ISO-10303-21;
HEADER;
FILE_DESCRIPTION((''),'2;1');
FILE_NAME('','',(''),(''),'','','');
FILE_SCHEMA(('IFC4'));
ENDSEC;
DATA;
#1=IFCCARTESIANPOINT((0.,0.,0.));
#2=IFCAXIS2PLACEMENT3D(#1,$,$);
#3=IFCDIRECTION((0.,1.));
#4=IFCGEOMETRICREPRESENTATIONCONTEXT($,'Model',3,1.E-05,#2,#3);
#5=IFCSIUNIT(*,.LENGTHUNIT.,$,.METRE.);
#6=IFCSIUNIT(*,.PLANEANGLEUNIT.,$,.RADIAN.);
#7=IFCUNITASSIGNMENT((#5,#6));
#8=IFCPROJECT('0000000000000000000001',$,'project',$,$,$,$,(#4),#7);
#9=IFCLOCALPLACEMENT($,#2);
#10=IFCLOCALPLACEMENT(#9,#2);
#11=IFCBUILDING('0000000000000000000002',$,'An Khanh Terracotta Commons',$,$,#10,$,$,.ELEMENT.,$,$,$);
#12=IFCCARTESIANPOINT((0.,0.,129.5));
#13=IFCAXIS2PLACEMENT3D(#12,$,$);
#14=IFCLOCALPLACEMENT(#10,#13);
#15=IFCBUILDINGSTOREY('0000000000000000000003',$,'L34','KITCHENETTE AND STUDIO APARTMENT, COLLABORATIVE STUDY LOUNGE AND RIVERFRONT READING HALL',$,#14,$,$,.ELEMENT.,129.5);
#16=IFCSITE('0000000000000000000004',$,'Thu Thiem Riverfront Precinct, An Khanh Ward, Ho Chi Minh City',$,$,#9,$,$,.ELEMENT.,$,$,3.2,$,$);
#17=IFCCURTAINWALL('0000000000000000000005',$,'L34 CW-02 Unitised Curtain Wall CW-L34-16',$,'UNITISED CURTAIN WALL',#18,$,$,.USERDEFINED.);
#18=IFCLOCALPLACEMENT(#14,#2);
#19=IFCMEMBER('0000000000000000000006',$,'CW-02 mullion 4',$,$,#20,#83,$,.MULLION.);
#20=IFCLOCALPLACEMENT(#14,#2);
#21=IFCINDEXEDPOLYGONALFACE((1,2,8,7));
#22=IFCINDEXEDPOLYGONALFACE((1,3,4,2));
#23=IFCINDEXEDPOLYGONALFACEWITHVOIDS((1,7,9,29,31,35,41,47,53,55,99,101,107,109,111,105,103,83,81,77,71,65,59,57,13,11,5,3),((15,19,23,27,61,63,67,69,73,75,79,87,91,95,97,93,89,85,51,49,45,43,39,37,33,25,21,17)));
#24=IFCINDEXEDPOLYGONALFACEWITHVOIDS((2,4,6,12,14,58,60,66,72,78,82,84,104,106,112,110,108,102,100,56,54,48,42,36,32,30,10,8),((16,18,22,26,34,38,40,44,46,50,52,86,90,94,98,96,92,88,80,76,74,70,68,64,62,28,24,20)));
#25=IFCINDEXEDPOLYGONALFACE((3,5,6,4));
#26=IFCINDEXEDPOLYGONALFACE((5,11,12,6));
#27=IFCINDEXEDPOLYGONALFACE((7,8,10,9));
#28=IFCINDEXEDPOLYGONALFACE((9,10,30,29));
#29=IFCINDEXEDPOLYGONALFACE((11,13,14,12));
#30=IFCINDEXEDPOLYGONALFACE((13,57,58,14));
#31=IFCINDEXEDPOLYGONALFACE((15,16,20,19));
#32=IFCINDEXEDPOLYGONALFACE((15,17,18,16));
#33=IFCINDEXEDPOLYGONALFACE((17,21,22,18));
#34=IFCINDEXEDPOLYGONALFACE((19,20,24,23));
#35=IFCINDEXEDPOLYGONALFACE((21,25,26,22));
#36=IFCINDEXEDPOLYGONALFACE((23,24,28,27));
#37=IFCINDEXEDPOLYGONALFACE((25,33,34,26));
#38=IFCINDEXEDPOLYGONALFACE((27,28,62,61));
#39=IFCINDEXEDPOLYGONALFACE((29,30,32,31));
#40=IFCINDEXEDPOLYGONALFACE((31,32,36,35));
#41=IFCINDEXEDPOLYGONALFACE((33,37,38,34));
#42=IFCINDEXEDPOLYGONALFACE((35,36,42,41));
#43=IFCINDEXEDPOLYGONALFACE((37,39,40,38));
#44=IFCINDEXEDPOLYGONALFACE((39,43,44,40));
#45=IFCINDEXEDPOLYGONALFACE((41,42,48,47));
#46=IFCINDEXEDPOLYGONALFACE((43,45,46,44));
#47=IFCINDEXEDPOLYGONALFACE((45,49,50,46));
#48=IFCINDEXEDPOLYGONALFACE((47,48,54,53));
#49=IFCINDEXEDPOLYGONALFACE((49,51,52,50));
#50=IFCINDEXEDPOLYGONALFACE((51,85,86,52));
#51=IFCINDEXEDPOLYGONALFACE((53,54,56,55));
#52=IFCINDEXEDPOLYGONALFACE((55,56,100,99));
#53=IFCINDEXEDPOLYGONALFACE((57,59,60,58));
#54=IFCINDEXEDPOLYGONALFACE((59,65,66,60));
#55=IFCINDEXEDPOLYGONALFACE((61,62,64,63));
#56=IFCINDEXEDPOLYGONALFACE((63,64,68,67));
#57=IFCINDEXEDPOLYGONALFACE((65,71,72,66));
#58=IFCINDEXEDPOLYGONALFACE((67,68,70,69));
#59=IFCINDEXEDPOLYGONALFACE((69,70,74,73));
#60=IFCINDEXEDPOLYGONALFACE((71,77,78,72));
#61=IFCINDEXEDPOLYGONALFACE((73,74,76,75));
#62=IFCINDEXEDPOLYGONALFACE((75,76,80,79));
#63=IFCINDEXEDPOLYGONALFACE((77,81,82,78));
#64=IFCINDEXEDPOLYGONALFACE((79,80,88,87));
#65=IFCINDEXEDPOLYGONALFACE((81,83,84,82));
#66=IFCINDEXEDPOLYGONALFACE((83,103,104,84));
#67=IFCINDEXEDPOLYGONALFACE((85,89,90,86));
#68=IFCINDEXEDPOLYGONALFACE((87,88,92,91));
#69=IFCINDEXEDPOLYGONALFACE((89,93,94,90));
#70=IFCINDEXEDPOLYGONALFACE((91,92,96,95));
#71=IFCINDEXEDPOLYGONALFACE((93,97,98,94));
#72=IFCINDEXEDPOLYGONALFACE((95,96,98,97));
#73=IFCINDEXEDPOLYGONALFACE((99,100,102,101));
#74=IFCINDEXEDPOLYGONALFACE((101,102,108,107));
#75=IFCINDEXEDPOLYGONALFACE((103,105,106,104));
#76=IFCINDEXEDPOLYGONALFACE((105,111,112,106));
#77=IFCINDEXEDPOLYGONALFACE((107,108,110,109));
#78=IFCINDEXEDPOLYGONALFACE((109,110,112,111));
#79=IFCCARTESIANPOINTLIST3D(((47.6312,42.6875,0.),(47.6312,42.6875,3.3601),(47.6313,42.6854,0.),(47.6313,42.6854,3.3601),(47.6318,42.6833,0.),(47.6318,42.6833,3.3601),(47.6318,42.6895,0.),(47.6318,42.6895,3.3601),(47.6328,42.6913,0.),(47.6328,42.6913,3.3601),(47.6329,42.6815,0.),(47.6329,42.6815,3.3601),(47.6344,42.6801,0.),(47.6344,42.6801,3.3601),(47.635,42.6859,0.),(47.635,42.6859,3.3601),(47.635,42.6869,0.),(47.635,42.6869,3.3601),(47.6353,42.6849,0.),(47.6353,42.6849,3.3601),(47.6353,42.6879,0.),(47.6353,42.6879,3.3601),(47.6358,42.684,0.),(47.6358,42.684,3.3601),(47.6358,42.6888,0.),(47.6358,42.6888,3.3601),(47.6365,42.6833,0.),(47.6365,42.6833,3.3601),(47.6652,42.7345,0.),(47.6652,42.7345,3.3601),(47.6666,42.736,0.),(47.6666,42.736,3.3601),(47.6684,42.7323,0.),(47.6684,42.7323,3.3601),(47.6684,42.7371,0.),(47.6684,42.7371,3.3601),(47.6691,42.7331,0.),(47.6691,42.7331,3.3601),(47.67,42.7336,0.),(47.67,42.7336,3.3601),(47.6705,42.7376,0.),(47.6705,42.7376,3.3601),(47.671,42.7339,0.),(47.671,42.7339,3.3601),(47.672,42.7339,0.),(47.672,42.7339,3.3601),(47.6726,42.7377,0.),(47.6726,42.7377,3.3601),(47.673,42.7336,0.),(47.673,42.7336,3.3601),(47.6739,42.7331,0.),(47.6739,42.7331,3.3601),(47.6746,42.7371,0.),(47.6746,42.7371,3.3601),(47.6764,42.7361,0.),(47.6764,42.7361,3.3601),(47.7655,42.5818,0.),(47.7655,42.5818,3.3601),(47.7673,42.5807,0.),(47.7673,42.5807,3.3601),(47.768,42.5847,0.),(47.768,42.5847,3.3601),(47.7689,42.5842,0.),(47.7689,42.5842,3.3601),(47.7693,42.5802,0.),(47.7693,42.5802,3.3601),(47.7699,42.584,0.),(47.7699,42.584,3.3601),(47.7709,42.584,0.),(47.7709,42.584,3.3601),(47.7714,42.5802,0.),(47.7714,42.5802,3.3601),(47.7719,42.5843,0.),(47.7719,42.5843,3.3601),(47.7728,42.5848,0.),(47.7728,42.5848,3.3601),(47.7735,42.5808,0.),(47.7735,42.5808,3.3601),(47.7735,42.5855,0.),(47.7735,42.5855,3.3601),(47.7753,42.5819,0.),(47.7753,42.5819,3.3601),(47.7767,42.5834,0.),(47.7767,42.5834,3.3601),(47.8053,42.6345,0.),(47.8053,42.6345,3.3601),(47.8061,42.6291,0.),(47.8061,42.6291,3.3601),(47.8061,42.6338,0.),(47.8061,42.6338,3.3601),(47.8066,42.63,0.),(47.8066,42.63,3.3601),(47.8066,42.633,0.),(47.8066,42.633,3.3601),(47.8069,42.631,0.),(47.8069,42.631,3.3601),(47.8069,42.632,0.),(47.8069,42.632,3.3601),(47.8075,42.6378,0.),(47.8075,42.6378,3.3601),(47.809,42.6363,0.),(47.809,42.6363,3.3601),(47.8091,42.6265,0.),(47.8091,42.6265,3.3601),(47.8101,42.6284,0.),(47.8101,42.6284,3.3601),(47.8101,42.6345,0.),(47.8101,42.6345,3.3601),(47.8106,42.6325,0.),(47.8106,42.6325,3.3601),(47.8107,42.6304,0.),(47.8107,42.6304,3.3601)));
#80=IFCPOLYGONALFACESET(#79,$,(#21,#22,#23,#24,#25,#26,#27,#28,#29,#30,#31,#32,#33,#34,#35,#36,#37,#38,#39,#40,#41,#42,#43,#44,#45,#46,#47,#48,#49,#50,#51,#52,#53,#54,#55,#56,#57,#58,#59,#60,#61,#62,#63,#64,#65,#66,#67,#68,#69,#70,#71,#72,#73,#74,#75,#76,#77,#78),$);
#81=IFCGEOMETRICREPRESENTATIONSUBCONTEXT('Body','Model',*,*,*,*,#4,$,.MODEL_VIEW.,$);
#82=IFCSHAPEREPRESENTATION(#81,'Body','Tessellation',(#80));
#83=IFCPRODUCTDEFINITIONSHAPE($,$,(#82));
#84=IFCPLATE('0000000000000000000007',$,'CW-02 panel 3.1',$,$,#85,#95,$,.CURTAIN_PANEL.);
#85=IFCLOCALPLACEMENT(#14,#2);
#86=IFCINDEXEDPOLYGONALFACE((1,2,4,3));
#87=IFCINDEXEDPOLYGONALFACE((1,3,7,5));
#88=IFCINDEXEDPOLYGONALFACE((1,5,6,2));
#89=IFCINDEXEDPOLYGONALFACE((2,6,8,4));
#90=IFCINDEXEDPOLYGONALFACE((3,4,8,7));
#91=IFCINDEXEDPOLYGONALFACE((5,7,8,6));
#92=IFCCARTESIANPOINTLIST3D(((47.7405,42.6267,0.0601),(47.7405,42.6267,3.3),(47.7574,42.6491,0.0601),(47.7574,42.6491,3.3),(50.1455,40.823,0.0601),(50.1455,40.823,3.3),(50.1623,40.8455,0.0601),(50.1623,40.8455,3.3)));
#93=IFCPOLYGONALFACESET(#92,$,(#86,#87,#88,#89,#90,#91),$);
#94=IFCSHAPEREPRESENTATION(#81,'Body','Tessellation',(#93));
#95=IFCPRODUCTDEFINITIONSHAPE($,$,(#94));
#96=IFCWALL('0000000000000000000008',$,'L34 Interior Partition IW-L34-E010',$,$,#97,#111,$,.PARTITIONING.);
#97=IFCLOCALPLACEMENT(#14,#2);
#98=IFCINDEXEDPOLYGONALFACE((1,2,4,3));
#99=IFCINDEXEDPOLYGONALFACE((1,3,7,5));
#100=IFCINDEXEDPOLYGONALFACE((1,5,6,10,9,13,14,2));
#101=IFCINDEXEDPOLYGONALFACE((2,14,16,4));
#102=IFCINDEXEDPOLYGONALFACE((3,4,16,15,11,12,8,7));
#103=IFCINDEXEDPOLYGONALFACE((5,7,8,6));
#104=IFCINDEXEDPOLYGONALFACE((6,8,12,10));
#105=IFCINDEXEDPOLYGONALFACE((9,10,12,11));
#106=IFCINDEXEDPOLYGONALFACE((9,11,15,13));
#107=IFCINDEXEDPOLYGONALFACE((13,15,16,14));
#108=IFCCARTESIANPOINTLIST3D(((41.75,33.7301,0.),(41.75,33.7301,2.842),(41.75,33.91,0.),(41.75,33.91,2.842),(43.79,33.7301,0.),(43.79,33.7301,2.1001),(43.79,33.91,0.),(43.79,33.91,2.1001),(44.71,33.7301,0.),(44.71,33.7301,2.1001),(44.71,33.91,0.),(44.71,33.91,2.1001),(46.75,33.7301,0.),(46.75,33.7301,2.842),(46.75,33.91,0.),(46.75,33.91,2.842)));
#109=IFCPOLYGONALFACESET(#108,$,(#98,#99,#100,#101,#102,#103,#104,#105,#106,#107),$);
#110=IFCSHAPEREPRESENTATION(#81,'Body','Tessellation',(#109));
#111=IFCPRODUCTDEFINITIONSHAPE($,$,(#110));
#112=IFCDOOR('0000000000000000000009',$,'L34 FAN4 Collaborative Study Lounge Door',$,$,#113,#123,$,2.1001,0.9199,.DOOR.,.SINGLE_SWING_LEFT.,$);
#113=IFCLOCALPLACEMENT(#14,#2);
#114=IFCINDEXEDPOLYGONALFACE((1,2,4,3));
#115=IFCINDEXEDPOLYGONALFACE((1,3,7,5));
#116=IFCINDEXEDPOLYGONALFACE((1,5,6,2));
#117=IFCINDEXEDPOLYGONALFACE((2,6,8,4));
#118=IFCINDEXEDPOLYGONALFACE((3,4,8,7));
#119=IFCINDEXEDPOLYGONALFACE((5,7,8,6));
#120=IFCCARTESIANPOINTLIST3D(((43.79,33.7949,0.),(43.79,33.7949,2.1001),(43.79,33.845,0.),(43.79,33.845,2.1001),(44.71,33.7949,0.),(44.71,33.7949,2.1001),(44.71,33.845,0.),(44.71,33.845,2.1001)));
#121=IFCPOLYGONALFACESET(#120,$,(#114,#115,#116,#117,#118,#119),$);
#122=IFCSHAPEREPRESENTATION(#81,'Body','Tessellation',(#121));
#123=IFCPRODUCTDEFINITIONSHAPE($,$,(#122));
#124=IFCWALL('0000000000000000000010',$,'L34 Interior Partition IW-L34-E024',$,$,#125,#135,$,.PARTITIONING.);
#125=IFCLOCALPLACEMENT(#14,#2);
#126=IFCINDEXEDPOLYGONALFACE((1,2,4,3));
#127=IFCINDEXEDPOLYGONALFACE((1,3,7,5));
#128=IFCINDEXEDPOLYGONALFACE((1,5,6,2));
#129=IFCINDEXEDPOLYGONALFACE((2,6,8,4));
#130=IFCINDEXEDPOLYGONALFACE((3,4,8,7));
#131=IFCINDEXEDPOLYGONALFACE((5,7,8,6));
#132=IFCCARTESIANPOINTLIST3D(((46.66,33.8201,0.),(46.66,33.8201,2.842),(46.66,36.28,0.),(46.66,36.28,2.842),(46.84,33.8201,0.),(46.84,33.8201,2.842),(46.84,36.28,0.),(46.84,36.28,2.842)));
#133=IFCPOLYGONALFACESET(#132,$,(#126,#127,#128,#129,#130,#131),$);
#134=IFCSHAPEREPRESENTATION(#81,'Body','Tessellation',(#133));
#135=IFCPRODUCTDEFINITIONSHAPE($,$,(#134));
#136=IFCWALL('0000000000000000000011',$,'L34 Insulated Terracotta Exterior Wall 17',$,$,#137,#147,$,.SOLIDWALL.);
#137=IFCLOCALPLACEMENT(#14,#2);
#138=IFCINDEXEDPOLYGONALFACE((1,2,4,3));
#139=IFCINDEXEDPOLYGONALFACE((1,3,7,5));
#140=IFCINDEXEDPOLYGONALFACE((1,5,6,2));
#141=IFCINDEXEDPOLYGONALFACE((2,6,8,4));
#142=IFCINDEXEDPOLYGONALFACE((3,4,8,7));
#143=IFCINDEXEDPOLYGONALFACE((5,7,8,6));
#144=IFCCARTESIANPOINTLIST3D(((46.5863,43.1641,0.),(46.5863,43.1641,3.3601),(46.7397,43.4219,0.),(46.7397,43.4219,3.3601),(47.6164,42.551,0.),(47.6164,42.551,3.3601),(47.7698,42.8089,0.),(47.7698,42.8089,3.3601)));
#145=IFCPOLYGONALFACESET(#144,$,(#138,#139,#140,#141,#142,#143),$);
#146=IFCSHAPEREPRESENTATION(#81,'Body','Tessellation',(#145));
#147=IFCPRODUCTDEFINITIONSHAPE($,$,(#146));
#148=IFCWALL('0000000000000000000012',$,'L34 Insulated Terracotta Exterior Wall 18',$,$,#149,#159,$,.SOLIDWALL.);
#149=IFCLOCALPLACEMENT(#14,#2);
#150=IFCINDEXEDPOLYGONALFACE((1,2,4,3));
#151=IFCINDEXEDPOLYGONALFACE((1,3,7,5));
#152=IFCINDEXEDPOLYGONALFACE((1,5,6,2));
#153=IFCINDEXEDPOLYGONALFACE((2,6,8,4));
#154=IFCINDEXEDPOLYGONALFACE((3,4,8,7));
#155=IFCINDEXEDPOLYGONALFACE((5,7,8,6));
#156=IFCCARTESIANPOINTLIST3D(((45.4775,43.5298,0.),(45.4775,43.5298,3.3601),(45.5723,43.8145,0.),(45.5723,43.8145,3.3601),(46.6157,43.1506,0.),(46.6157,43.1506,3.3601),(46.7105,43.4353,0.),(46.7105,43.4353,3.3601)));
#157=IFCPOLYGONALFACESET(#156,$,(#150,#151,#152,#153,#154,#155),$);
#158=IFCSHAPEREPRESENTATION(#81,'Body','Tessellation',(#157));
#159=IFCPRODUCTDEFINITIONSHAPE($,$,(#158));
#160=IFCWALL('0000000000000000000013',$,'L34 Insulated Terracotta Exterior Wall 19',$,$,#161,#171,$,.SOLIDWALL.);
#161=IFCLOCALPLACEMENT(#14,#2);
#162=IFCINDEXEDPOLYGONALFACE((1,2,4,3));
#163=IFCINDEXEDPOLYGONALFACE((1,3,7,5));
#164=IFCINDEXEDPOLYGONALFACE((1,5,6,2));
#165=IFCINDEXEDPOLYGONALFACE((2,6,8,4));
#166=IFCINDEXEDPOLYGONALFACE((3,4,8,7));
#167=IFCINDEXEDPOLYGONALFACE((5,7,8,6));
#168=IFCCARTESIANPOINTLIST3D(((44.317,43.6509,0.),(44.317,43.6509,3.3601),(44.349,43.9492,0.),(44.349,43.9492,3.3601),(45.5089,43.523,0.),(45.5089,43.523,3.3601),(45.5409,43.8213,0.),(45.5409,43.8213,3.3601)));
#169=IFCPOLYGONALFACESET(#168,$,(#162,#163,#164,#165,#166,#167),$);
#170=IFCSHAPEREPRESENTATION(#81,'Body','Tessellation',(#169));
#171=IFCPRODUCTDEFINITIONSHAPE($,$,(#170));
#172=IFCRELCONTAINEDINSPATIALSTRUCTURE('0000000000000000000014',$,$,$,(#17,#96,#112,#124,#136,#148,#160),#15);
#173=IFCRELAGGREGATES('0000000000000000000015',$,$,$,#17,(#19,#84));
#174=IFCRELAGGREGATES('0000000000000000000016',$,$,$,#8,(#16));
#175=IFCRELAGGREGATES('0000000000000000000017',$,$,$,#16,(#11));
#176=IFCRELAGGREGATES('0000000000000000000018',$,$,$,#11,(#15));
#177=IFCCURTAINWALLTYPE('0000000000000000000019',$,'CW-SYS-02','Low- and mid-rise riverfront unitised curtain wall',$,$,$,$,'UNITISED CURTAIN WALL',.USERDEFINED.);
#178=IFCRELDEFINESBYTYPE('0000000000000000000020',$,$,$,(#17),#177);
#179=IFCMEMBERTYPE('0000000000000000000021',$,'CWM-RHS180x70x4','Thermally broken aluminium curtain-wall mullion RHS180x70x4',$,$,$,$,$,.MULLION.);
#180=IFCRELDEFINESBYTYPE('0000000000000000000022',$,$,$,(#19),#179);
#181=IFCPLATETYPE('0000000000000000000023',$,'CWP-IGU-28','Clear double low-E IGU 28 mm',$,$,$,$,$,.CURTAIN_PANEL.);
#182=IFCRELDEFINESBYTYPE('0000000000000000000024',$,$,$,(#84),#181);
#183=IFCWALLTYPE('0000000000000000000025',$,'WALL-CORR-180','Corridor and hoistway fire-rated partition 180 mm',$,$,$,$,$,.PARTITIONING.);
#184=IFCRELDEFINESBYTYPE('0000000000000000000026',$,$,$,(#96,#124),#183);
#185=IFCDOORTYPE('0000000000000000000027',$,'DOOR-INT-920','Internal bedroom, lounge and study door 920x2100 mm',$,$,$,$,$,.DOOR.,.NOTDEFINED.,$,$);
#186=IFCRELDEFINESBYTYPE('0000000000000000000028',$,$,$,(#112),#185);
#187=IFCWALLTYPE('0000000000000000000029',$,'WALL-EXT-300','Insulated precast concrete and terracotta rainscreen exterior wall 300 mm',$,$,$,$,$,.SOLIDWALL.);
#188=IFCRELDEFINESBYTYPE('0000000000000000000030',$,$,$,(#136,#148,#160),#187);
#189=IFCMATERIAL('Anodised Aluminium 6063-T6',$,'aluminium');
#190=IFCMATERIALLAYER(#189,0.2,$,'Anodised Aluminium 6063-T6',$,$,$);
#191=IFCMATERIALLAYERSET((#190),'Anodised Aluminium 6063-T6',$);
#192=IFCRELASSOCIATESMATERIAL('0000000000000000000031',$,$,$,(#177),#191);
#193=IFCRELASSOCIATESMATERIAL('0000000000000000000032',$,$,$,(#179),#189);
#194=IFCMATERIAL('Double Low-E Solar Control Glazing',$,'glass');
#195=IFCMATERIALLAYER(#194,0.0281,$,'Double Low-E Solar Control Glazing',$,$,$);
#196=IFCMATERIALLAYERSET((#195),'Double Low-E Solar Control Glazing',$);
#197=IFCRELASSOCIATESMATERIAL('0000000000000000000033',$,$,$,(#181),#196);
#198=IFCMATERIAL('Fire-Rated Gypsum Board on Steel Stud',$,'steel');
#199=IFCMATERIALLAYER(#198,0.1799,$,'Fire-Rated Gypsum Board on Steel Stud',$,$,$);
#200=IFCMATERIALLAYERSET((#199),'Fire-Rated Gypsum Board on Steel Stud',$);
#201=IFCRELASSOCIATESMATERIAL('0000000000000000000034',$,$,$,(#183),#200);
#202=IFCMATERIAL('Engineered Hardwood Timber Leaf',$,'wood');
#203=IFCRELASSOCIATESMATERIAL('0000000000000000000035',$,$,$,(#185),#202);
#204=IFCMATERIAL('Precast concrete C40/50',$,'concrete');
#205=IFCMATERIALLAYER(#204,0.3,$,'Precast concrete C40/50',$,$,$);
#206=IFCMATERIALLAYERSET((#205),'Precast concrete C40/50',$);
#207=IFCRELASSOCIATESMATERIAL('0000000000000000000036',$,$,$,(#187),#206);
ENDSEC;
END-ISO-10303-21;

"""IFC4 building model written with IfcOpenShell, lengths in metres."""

from ifc_helpers import new_model, si_unit, direction, frame, frame_2d, origin, origin_2d, place, context, subcontext, project, spatial, rectangle, hollow_rectangle, extrude, material, layer, layer_set, material_profile, profile_set, type_object, element, fill, aggregate, save


model = new_model("IFC4")

# Units and contexts
model_context = context("Model", 3, precision=1e-05, world=origin(), true_north=direction((0.0, 1.0)))
body_context = subcontext(model_context, "Body", "Model", "MODEL_VIEW")
ifc_project = project(units=[si_unit("LENGTHUNIT", "METRE"), si_unit("PLANEANGLEUNIT", "RADIAN")], contexts=[model_context])

# Site, building, storey
site_placement = place(None, origin())
site = spatial("IfcSite", under=ifc_project, at=site_placement, Name="Thu Thiem Riverfront Precinct, An Khanh Ward, Ho Chi Minh City", CompositionType="ELEMENT", RefElevation=3.2)
building_placement = place(site_placement, origin())
building = spatial("IfcBuilding", under=site, at=building_placement, Name="An Khanh Terracotta Commons", CompositionType="ELEMENT")
storey_placement = place(building_placement, frame((0.0, 0.0, 129.5)))
storey = spatial("IfcBuildingStorey", under=building, at=storey_placement, Name="L34", Description="KITCHENETTE AND STUDIO APARTMENT, COLLABORATIVE STUDY LOUNGE AND RIVERFRONT READING HALL", CompositionType="ELEMENT", Elevation=129.5)

# Curtain wall, member, plate
ifc_material_1 = material(Name="Anodised Aluminium 6063-T6", Category="aluminium")
ifc_layer_1 = layer(ifc_material_1, 0.2, Name="Anodised Aluminium 6063-T6")
ifc_layer_set_1 = layer_set([ifc_layer_1], Name="Anodised Aluminium 6063-T6")
curtain_wall_type = type_object("IfcCurtainWallType", Name="CW-SYS-02", Description="Low- and mid-rise riverfront unitised curtain wall", ElementType="UNITISED CURTAIN WALL", PredefinedType="USERDEFINED", material=ifc_layer_set_1)
curtain_wall_placement = place(storey_placement, origin())
curtain_wall = element("IfcCurtainWall", 1, at=curtain_wall_placement, inside=storey, type_object=curtain_wall_type, Name="L34 CW-02 Unitised Curtain Wall CW-L34-16", ObjectType="UNITISED CURTAIN WALL", PredefinedType="USERDEFINED")
ifc_material_profile_1 = material_profile(ifc_material_1, hollow_rectangle(XDim=0.0701, YDim=0.1799, WallThickness=0.0039, InnerFilletRadius=0.0039, OuterFilletRadius=0.0081, at=origin_2d()), Name="RHS180x70x4")
ifc_profile_set_1 = profile_set([ifc_material_profile_1], Name="Anodised Aluminium 6063-T6")
member_type = type_object("IfcMemberType", Name="CWM-RHS180x70x4", Description="Thermally broken aluminium curtain-wall mullion RHS180x70x4", PredefinedType="MULLION", material=ifc_profile_set_1)
member_placement = place(storey_placement, frame((47.7209, 42.6589, 0.0), z_axis=(0.0, 0.0, 1.0), x_axis=(-0.599983, -0.800013, 0.0)))
member = element("IfcMember", 2, at=member_placement, type_object=member_type, Name="CW-02 mullion 4", PredefinedType="MULLION", context=body_context, shape_type="SweptSolid", body=[
    extrude(hollow_rectangle(XDim=0.0701, YDim=0.1799, WallThickness=0.0039, InnerFilletRadius=0.0039, OuterFilletRadius=0.0081, at=origin_2d()), origin(), (0.0, 0.0, 1.0), 3.3601),
])
ifc_material_2 = material(Name="Double Low-E Solar Control Glazing", Category="glass")
ifc_layer_2 = layer(ifc_material_2, 0.0281, Name="Double Low-E Solar Control Glazing")
ifc_layer_set_2 = layer_set([ifc_layer_2], Name="Double Low-E Solar Control Glazing")
plate_type = type_object("IfcPlateType", Name="CWP-IGU-28", Description="Clear double low-E IGU 28 mm", PredefinedType="CURTAIN_PANEL", material=ifc_layer_set_2)
plate_placement = place(storey_placement, frame((48.9514, 41.7361, 0.0601), z_axis=(0.0, 0.0, 1.0), x_axis=(-0.800013, 0.599983, 0.0)))
plate = element("IfcPlate", 3, at=plate_placement, type_object=plate_type, Name="CW-02 panel 3.1", PredefinedType="CURTAIN_PANEL", context=body_context, shape_type="SweptSolid", body=[
    extrude(rectangle(XDim=3.0061, YDim=0.0281, at=origin_2d()), origin(), (0.0, 0.0, 1.0), 3.24),
])
aggregate(curtain_wall, [member, plate])

# Wall, opening, door
ifc_material_3 = material(Name="Fire-Rated Gypsum Board on Steel Stud", Category="steel")
ifc_layer_3 = layer(ifc_material_3, 0.1799, Name="Fire-Rated Gypsum Board on Steel Stud")
ifc_layer_set_3 = layer_set([ifc_layer_3], Name="Fire-Rated Gypsum Board on Steel Stud")
wall_type_1 = type_object("IfcWallType", Name="WALL-CORR-180", Description="Corridor and hoistway fire-rated partition 180 mm", PredefinedType="PARTITIONING", material=ifc_layer_set_3)
wall_1_placement = place(storey_placement, frame((41.75, 33.8201, 0.0), z_axis=(0.0, 0.0, 1.0), x_axis=(1.0, 0.0, 0.0)))
wall_1 = element("IfcWall", 4, at=wall_1_placement, inside=storey, type_object=wall_type_1, Name="L34 Interior Partition IW-L34-E010", PredefinedType="PARTITIONING", context=body_context, shape_type="SweptSolid", body=[
    extrude(rectangle(XDim=5.0, YDim=0.1799, at=frame_2d((2.5, 0.0))), origin(), (0.0, 0.0, 1.0), 2.842),
])
opening_1_placement = place(wall_1_placement, frame((2.04, 0.0, 0.0)))
opening_1 = element("IfcOpeningElement", 5, at=opening_1_placement, cuts=wall_1, PredefinedType="OPENING", context=body_context, shape_type="SweptSolid", body=[
    extrude(rectangle(XDim=0.9199, YDim=2.1001, at=frame_2d((0.46, 1.05))), frame((0.0, 0.0999, 0.0), z_axis=(0.0, -1.0, 0.0), x_axis=(1.0, 0.0, 0.0)), (0.0, 0.0, 1.0), 0.2),
])
ifc_material_4 = material(Name="Engineered Hardwood Timber Leaf", Category="wood")
door_type_1 = type_object("IfcDoorType", Name="DOOR-INT-920", Description="Internal bedroom, lounge and study door 920x2100 mm", OperationType="NOTDEFINED", PredefinedType="DOOR", material=ifc_material_4)
door_1_placement = place(opening_1_placement, origin())
door_1 = element("IfcDoor", 6, at=door_1_placement, inside=storey, type_object=door_type_1, Name="L34 FAN4 Collaborative Study Lounge Door", OperationType="SINGLE_SWING_LEFT", OverallHeight=2.1001, OverallWidth=0.9199, PredefinedType="DOOR", context=body_context, shape_type="SweptSolid", body=[
    extrude(rectangle(XDim=0.9199, YDim=2.1001, at=frame_2d((0.46, 1.05))), frame((0.0, 0.0249, 0.0), z_axis=(0.0, -1.0, 0.0), x_axis=(1.0, 0.0, 0.0)), (0.0, 0.0, 1.0), 0.05),
])
fill(opening_1, door_1)

# Walls
wall_2_placement = place(storey_placement, frame((46.75, 33.8201, 0.0), z_axis=(0.0, 0.0, 1.0), x_axis=(0.0, 1.0, 0.0)))
element("IfcWall", 7, at=wall_2_placement, inside=storey, type_object=wall_type_1, Name="L34 Interior Partition IW-L34-E024", PredefinedType="PARTITIONING", context=body_context, shape_type="SweptSolid", body=[
    extrude(rectangle(XDim=2.46, YDim=0.1799, at=frame_2d((1.23, 0.0))), origin(), (0.0, 0.0, 1.0), 2.842),
])
ifc_material_5 = material(Name="Precast concrete C40/50", Category="concrete")
ifc_layer_4 = layer(ifc_material_5, 0.3, Name="Precast concrete C40/50")
ifc_layer_set_4 = layer_set([ifc_layer_4], Name="Precast concrete C40/50")
wall_type_2 = type_object("IfcWallType", Name="WALL-EXT-300", Description="Insulated precast concrete and terracotta rainscreen exterior wall 300 mm", PredefinedType="SOLIDWALL", material=ifc_layer_set_4)
wall_3_placement = place(storey_placement, frame((47.6931, 42.6799, 0.0), z_axis=(0.0, 0.0, 1.0), x_axis=(-0.859321, 0.511437, 0.0)))
element("IfcWall", 8, at=wall_3_placement, inside=storey, type_object=wall_type_2, Name="L34 Insulated Terracotta Exterior Wall 17", PredefinedType="SOLIDWALL", context=body_context, shape_type="SweptSolid", body=[
    extrude(rectangle(XDim=1.1987, YDim=0.3, at=frame_2d((0.5994, 0.0))), origin(), (0.0, 0.0, 1.0), 3.3601),
])
wall_4_placement = place(storey_placement, frame((46.6631, 43.293, 0.0), z_axis=(0.0, 0.0, 1.0), x_axis=(-0.948744, 0.316045, 0.0)))
element("IfcWall", 9, at=wall_4_placement, inside=storey, type_object=wall_type_2, Name="L34 Insulated Terracotta Exterior Wall 18", PredefinedType="SOLIDWALL", context=body_context, shape_type="SweptSolid", body=[
    extrude(rectangle(XDim=1.1997, YDim=0.3, at=frame_2d((0.5999, 0.0))), origin(), (0.0, 0.0, 1.0), 3.3601),
])
wall_5_placement = place(storey_placement, frame((45.5249, 43.6721, 0.0), z_axis=(0.0, 0.0, 1.0), x_axis=(-0.994289, 0.10672, 0.0)))
element("IfcWall", 10, at=wall_5_placement, inside=storey, type_object=wall_type_2, Name="L34 Insulated Terracotta Exterior Wall 19", PredefinedType="SOLIDWALL", context=body_context, shape_type="SweptSolid", body=[
    extrude(rectangle(XDim=1.1987, YDim=0.3, at=frame_2d((0.5994, 0.0))), origin(), (0.0, 0.0, 1.0), 3.3601),
])

save(model, "model.ifc")
